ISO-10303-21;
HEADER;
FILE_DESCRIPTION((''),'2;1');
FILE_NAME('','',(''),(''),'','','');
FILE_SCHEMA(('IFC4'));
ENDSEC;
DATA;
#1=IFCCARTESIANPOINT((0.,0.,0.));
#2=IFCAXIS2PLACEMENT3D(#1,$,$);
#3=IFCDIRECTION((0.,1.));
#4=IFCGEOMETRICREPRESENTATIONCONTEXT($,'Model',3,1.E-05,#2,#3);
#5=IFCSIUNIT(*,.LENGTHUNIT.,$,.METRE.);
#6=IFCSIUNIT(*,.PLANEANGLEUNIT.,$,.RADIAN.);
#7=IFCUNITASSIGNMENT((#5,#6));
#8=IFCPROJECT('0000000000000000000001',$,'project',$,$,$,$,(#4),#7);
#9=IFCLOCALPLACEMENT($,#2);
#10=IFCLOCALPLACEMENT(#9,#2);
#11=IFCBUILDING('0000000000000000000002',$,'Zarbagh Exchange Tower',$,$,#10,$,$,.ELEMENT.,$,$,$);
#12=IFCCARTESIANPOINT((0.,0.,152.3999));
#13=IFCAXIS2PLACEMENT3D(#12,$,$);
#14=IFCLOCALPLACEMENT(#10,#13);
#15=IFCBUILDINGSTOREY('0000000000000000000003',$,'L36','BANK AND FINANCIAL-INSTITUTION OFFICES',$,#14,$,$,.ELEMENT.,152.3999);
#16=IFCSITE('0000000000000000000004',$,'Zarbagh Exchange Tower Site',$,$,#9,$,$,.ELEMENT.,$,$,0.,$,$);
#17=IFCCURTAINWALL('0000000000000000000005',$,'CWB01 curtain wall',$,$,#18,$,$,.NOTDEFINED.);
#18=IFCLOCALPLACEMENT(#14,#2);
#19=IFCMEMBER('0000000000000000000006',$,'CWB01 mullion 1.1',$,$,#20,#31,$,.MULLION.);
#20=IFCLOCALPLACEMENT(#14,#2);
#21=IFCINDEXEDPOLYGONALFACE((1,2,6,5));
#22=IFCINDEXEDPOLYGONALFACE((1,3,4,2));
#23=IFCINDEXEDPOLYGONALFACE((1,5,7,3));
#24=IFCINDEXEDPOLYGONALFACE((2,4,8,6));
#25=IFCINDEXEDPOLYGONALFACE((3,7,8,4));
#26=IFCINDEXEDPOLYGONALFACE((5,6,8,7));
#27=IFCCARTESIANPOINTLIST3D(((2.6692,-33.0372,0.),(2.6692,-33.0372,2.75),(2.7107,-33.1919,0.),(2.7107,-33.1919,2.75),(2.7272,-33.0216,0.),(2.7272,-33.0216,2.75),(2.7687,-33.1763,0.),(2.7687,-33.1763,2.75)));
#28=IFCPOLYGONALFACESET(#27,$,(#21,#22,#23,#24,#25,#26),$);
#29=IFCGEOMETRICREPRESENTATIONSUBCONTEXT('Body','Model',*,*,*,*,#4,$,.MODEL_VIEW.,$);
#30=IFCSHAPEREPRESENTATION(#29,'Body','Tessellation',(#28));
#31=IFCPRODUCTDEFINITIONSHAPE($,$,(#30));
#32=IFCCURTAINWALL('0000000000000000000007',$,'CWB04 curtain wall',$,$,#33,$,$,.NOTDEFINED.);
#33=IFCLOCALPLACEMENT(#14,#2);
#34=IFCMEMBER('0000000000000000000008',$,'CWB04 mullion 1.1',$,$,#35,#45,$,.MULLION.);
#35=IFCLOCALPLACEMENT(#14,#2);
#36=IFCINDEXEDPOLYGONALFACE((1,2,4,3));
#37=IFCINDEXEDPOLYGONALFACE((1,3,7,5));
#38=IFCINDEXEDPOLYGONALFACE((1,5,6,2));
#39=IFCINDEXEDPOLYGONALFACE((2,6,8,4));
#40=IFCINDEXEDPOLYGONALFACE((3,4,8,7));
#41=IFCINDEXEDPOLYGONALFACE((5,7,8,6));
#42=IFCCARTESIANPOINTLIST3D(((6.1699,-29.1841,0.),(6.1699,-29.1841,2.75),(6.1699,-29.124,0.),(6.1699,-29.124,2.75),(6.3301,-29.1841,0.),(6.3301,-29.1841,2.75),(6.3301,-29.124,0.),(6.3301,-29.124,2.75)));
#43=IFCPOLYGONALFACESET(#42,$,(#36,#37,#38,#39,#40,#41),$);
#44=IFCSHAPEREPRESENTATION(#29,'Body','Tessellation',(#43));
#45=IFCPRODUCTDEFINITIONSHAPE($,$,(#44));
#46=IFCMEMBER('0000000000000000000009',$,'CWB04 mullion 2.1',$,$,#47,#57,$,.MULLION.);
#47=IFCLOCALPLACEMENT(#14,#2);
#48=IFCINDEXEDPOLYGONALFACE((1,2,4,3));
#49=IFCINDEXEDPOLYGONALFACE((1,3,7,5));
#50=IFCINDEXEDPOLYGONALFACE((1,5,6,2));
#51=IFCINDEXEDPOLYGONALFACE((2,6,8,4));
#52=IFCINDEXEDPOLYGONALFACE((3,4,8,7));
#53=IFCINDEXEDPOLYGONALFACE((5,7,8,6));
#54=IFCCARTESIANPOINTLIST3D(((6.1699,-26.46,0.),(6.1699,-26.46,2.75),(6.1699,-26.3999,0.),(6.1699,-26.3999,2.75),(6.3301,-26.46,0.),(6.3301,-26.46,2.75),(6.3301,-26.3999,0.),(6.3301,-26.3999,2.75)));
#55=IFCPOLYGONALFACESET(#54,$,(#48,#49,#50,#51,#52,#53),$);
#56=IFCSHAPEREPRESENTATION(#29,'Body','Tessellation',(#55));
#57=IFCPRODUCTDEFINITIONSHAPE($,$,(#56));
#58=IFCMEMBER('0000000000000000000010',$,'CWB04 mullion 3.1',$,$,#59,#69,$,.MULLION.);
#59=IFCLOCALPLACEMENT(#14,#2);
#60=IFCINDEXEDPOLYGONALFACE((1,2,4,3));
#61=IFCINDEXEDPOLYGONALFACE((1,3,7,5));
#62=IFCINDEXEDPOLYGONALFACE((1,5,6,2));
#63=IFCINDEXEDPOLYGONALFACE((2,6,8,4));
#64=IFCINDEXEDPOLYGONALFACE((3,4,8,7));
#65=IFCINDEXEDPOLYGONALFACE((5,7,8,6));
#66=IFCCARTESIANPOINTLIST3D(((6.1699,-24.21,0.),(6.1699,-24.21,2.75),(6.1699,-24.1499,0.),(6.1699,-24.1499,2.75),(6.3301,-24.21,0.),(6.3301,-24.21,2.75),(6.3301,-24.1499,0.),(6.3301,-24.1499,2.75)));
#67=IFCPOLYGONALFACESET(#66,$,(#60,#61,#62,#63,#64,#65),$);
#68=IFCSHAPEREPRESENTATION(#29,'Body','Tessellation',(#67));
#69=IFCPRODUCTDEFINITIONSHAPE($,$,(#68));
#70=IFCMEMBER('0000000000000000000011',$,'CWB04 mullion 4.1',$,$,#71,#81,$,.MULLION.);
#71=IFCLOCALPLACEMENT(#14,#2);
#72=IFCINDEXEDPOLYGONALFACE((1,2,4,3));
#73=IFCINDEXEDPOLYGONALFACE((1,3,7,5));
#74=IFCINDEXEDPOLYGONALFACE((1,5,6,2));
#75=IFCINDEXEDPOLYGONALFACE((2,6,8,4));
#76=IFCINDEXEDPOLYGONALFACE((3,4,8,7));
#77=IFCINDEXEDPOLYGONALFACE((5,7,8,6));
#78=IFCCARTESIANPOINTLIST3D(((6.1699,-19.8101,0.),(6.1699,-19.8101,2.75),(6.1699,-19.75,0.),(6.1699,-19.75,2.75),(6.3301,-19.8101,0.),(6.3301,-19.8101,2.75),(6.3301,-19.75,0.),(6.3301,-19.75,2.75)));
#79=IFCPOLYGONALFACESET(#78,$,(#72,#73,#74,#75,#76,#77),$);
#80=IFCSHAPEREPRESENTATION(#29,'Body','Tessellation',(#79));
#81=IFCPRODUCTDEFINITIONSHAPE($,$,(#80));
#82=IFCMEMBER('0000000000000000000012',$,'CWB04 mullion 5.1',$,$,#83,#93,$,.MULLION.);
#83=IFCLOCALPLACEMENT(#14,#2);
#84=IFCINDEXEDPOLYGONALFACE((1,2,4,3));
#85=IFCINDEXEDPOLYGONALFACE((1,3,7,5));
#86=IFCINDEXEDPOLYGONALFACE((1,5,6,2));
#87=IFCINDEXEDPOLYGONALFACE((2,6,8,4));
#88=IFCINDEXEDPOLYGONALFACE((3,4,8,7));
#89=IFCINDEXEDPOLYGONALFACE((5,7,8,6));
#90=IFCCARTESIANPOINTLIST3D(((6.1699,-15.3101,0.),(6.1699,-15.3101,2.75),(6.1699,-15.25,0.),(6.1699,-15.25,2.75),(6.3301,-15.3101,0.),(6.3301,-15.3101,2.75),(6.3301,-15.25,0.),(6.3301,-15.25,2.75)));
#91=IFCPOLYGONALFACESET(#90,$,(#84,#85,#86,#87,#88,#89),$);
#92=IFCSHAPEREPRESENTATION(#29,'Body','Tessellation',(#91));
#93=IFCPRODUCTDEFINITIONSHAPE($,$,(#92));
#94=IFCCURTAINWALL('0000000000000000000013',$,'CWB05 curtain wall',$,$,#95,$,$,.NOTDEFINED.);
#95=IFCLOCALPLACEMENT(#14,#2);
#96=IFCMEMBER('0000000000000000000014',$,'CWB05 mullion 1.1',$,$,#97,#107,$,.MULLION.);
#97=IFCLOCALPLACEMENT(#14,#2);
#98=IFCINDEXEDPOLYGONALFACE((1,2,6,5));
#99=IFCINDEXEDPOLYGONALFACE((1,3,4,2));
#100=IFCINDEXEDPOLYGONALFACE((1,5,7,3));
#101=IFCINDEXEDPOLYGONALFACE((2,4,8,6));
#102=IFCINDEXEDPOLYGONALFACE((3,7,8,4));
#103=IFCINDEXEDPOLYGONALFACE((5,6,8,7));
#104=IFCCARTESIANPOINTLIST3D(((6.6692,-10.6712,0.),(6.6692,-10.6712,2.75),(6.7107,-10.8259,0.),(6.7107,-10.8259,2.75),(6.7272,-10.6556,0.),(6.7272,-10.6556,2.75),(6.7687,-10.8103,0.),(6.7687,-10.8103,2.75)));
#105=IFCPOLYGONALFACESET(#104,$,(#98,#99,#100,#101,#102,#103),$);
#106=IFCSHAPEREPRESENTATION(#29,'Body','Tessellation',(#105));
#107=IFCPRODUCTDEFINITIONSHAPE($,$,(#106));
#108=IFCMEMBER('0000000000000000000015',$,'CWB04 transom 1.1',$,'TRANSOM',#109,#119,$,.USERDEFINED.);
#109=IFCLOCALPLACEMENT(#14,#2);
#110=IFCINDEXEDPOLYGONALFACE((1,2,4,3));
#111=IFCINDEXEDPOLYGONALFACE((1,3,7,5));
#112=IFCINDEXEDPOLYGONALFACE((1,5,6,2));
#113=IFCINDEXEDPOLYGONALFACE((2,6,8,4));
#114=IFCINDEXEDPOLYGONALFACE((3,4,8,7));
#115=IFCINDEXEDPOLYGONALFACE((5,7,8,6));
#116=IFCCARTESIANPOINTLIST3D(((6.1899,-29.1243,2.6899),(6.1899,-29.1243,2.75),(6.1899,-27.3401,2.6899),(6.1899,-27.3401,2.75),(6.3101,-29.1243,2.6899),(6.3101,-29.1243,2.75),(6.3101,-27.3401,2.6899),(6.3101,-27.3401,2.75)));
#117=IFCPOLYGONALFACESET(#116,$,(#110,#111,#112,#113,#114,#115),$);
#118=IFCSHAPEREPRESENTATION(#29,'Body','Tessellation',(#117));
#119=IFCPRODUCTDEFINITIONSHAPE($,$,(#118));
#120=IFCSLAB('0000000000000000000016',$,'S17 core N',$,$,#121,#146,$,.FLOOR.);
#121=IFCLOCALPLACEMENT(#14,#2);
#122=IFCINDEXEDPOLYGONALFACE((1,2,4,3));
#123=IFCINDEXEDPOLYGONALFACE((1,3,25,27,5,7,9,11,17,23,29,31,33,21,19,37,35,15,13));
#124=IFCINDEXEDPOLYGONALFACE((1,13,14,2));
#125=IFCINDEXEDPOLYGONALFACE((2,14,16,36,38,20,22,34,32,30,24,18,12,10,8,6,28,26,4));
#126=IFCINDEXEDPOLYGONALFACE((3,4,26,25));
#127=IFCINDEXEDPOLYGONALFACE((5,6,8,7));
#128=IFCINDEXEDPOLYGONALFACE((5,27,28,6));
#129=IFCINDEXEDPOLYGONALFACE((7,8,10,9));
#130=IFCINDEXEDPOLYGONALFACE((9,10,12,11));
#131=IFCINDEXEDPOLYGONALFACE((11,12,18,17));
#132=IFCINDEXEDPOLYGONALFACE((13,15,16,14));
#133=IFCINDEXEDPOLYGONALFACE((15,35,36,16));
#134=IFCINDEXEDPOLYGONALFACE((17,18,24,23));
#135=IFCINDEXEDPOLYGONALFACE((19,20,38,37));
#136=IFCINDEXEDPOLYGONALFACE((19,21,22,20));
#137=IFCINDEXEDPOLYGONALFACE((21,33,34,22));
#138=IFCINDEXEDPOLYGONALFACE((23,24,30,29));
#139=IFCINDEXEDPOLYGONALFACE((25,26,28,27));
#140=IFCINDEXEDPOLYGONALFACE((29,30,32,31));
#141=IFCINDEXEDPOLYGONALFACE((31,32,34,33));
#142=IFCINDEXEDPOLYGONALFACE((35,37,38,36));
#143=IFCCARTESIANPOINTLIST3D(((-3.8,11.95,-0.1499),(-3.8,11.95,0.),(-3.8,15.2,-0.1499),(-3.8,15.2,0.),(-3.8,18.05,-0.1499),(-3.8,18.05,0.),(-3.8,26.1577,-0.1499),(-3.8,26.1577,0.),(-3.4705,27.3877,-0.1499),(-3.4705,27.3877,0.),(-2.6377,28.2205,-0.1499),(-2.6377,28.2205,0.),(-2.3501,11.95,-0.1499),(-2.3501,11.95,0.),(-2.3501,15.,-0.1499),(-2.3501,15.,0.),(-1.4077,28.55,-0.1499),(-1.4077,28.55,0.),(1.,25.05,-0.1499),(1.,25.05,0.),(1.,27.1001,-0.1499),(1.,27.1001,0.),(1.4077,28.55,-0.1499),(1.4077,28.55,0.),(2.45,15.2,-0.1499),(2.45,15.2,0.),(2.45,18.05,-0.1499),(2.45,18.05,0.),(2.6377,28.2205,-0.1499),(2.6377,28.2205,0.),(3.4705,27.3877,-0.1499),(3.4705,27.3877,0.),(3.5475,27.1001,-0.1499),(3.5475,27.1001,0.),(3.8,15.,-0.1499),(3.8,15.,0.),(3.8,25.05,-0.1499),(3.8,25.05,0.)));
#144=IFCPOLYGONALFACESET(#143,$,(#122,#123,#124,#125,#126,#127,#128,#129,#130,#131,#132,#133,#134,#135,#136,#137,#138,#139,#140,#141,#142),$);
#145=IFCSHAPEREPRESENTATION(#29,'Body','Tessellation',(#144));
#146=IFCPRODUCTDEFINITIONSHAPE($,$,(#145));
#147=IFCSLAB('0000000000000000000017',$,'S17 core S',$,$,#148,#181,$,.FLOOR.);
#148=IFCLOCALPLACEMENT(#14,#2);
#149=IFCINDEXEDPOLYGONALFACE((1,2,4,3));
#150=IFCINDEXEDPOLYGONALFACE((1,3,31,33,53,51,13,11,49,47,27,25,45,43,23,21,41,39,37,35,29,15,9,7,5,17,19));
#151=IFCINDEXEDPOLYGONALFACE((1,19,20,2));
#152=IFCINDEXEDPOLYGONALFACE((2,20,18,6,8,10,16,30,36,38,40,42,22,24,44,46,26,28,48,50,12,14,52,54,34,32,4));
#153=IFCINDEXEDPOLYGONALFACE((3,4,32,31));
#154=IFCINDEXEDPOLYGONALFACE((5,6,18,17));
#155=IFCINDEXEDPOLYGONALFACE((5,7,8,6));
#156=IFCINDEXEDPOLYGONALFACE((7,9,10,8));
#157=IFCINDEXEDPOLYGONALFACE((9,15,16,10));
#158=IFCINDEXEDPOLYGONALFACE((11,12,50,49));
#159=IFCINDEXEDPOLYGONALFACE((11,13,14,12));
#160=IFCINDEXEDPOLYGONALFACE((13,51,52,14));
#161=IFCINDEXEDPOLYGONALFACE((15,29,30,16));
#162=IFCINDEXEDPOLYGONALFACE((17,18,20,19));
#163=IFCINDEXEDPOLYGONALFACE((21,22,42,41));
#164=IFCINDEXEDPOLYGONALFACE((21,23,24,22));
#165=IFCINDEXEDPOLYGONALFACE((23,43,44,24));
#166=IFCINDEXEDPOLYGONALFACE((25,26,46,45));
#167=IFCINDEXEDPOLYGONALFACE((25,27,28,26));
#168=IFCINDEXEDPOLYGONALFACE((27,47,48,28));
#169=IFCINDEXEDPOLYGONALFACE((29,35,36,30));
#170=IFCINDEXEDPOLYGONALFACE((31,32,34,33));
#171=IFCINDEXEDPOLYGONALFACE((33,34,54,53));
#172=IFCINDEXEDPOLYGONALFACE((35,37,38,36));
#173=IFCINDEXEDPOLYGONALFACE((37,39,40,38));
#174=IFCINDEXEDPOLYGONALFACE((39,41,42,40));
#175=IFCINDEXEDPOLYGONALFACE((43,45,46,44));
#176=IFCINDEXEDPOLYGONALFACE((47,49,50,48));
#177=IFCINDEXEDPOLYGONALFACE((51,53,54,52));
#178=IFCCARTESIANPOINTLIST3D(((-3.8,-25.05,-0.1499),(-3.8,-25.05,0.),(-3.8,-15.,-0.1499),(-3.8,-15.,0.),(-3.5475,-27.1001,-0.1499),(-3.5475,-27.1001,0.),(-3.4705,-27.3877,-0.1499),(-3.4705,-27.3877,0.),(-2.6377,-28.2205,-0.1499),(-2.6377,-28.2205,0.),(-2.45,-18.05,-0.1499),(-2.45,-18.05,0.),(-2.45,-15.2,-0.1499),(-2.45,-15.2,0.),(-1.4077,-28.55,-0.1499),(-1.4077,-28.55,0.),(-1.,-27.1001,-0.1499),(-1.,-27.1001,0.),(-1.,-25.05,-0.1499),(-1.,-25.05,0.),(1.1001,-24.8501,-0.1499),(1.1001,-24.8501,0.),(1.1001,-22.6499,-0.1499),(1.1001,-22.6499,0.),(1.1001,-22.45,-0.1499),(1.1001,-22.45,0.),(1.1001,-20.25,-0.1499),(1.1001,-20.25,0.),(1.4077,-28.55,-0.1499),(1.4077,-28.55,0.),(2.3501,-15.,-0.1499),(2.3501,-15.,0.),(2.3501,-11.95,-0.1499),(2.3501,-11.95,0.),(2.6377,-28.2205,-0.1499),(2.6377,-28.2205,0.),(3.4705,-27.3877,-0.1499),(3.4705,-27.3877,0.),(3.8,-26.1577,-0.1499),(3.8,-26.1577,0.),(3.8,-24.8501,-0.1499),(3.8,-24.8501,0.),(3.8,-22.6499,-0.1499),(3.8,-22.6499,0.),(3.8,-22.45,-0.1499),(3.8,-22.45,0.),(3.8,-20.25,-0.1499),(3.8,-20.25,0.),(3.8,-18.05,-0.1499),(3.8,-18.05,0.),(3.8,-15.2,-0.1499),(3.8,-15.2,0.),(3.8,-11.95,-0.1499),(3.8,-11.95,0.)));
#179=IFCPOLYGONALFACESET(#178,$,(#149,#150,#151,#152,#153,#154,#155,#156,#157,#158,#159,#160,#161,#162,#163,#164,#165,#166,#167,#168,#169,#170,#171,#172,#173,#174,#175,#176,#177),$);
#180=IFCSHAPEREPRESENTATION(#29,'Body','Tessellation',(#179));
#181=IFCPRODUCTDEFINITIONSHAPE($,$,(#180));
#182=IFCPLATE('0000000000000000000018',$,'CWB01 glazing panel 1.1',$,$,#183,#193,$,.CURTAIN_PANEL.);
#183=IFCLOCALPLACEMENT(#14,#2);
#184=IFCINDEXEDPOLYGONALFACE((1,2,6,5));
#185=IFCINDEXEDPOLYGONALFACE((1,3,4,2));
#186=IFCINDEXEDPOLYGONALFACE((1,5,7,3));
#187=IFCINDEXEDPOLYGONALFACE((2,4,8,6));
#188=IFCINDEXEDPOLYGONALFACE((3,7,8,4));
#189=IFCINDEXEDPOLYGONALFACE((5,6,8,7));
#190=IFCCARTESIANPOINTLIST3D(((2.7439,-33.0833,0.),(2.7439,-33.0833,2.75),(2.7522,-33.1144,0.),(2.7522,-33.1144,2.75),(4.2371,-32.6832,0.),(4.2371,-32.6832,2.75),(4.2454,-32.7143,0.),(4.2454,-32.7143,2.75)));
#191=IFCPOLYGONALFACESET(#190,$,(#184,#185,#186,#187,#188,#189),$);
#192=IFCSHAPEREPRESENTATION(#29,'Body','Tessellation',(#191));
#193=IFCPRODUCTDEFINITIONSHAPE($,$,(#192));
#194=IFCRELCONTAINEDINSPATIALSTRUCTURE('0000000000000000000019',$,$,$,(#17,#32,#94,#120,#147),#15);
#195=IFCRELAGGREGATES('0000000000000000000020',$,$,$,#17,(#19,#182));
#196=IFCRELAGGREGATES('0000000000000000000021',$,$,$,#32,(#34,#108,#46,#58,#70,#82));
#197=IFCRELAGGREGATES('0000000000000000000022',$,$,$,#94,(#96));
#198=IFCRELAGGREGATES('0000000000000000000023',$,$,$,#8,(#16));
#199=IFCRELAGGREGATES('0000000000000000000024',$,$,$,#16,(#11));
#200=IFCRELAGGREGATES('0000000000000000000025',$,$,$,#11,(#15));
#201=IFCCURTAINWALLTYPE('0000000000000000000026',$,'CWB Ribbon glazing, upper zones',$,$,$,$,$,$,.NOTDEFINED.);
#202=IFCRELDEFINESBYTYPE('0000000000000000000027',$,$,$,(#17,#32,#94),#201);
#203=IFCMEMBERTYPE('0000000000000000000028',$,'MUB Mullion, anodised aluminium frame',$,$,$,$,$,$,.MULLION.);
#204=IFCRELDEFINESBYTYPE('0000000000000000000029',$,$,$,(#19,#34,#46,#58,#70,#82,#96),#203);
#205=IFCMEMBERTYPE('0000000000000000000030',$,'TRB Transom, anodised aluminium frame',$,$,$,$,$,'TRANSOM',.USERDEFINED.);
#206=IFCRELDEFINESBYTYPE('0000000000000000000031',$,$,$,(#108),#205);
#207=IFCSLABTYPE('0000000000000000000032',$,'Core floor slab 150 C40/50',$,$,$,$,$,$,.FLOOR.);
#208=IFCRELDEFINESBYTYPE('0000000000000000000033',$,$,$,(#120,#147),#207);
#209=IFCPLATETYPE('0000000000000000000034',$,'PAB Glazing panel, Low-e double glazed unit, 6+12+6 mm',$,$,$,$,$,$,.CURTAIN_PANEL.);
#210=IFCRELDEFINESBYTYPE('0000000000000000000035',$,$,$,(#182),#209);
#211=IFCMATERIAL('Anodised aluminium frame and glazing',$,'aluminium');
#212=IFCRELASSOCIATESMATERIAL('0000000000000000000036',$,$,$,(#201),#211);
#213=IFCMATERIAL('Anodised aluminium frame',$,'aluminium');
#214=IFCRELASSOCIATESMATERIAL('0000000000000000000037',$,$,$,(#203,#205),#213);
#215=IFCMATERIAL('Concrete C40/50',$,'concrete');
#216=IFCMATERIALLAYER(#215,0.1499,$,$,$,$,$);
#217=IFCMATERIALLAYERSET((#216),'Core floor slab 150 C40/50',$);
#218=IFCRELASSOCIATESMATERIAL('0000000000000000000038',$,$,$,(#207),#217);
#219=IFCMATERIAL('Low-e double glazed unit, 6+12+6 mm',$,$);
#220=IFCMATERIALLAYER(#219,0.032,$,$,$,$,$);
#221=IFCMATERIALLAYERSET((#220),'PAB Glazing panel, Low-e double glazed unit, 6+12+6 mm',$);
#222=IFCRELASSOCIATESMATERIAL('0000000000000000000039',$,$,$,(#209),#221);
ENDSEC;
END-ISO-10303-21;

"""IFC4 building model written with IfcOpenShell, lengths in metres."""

from ifc_helpers import new_model, si_unit, direction, frame, origin, place, context, subcontext, project, spatial, polyline, outline, extrude, source, transform, mapped, material, layer, layer_set, type_object, element, aggregate, save


model = new_model("IFC4")

# Units and contexts
model_context = context("Model", 3, precision=1e-05, world=origin(), true_north=direction((0.0, 1.0)))
body_context = subcontext(model_context, "Body", "Model", "MODEL_VIEW")
ifc_project = project(units=[si_unit("LENGTHUNIT", "METRE"), si_unit("PLANEANGLEUNIT", "RADIAN")], contexts=[model_context])

# Site, building, storey
site_placement = place(None, origin())
site = spatial("IfcSite", under=ifc_project, at=site_placement, Name="Zarbagh Exchange Tower Site", CompositionType="ELEMENT", RefElevation=0.0)
building_placement = place(site_placement, origin())
building = spatial("IfcBuilding", under=site, at=building_placement, Name="Zarbagh Exchange Tower", CompositionType="ELEMENT")
storey_placement = place(building_placement, frame((0.0, 0.0, 152.3999)))
storey = spatial("IfcBuildingStorey", under=building, at=storey_placement, Name="L36", Description="BANK AND FINANCIAL-INSTITUTION OFFICES", CompositionType="ELEMENT", Elevation=152.3999)

# Curtain wall, member
ifc_material_1 = material(Name="Anodised aluminium frame and glazing", Category="aluminium")
curtain_wall_type = type_object("IfcCurtainWallType", Name="CWB Ribbon glazing, upper zones", PredefinedType="NOTDEFINED", material=ifc_material_1)
curtain_wall_1_placement = place(storey_placement, origin())
curtain_wall_1 = element("IfcCurtainWall", 1, at=curtain_wall_1_placement, inside=storey, type_object=curtain_wall_type, Name="CWB01 curtain wall", PredefinedType="NOTDEFINED")
ifc_material_2 = material(Name="Anodised aluminium frame", Category="aluminium")
member_type_1 = type_object("IfcMemberType", Name="MUB Mullion, anodised aluminium frame", PredefinedType="MULLION", material=ifc_material_2)
shared_shape_1 = source(origin(), body_context, "Body", "SweptSolid", [
    extrude(outline(polyline([(0.0, -0.0801), (0.0601, -0.0801), (0.0601, 0.0801), (0.0, 0.0801), (0.0, -0.0801)])), origin(), (0.0, 0.0, 1.0), 2.75),
])
placement = place(storey_placement, origin())
member_1 = element("IfcMember", 2, at=placement, type_object=member_type_1, Name="CWB01 mullion 1.1", PredefinedType="MULLION", context=body_context, shape_type="MappedRepresentation", body=[
    mapped(shared_shape_1, transform((2.6899, -33.1145, 0.0), x_axis=(0.965924, 0.258825, 0.0), y_axis=(-0.258825, 0.965924, 0.0), z_axis=(0.0, 0.0, 1.0))),
])

# Curtain wall, members
curtain_wall_2_placement = place(storey_placement, origin())
curtain_wall_2 = element("IfcCurtainWall", 3, at=curtain_wall_2_placement, inside=storey, type_object=curtain_wall_type, Name="CWB04 curtain wall", PredefinedType="NOTDEFINED")
member_2 = element("IfcMember", 4, at=placement, type_object=member_type_1, Name="CWB04 mullion 1.1", PredefinedType="MULLION", context=body_context, shape_type="MappedRepresentation", body=[
    mapped(shared_shape_1, transform((6.25, -29.1841, 0.0), x_axis=(0.0, 1.0, 0.0), y_axis=(-1.0, 0.0, 0.0), z_axis=(0.0, 0.0, 1.0))),
])
member_3 = element("IfcMember", 5, at=placement, type_object=member_type_1, Name="CWB04 mullion 2.1", PredefinedType="MULLION", context=body_context, shape_type="MappedRepresentation", body=[
    mapped(shared_shape_1, transform((6.25, -26.46, 0.0), x_axis=(0.0, 1.0, 0.0), y_axis=(-1.0, 0.0, 0.0), z_axis=(0.0, 0.0, 1.0))),
])
member_4 = element("IfcMember", 6, at=placement, type_object=member_type_1, Name="CWB04 mullion 3.1", PredefinedType="MULLION", context=body_context, shape_type="MappedRepresentation", body=[
    mapped(shared_shape_1, transform((6.25, -24.21, 0.0), x_axis=(0.0, 1.0, 0.0), y_axis=(-1.0, 0.0, 0.0), z_axis=(0.0, 0.0, 1.0))),
])
member_5 = element("IfcMember", 7, at=placement, type_object=member_type_1, Name="CWB04 mullion 4.1", PredefinedType="MULLION", context=body_context, shape_type="MappedRepresentation", body=[
    mapped(shared_shape_1, transform((6.25, -19.8101, 0.0), x_axis=(0.0, 1.0, 0.0), y_axis=(-1.0, 0.0, 0.0), z_axis=(0.0, 0.0, 1.0))),
])
member_6 = element("IfcMember", 8, at=placement, type_object=member_type_1, Name="CWB04 mullion 5.1", PredefinedType="MULLION", context=body_context, shape_type="MappedRepresentation", body=[
    mapped(shared_shape_1, transform((6.25, -15.3101, 0.0), x_axis=(0.0, 1.0, 0.0), y_axis=(-1.0, 0.0, 0.0), z_axis=(0.0, 0.0, 1.0))),
])

# Curtain wall, member
curtain_wall_3_placement = place(storey_placement, origin())
curtain_wall_3 = element("IfcCurtainWall", 9, at=curtain_wall_3_placement, inside=storey, type_object=curtain_wall_type, Name="CWB05 curtain wall", PredefinedType="NOTDEFINED")
member_7 = element("IfcMember", 10, at=placement, type_object=member_type_1, Name="CWB05 mullion 1.1", PredefinedType="MULLION", context=body_context, shape_type="MappedRepresentation", body=[
    mapped(shared_shape_1, transform((6.6899, -10.7485, 0.0), x_axis=(0.965924, 0.258825, 0.0), y_axis=(-0.258825, 0.965924, 0.0), z_axis=(0.0, 0.0, 1.0))),
])

# Member
member_type_2 = type_object("IfcMemberType", Name="TRB Transom, anodised aluminium frame", ElementType="TRANSOM", PredefinedType="USERDEFINED", material=ifc_material_2)
shared_shape_2 = source(origin(), body_context, "Body", "SweptSolid", [
    extrude(outline(polyline([(-0.0601, -0.0601), (0.0, -0.0601), (0.0, 0.0601), (-0.0601, 0.0601), (-0.0601, -0.0601)])), origin(), (0.0, 0.0, 1.0), 1.7842),
])
member_8 = element("IfcMember", 11, at=placement, type_object=member_type_2, Name="CWB04 transom 1.1", ObjectType="TRANSOM", PredefinedType="USERDEFINED", context=body_context, shape_type="MappedRepresentation", body=[
    mapped(shared_shape_2, transform((6.25, -29.1243, 2.75), x_axis=(0.0, 0.0, 1.0), y_axis=(1.0, 0.0, 0.0), z_axis=(0.0, 1.0, 0.0))),
])

# Slabs
ifc_material_3 = material(Name="Concrete C40/50", Category="concrete")
ifc_layer_1 = layer(ifc_material_3, 0.1499)
ifc_layer_set_1 = layer_set([ifc_layer_1], Name="Core floor slab 150 C40/50")
slab_type = type_object("IfcSlabType", Name="Core floor slab 150 C40/50", PredefinedType="FLOOR", material=ifc_layer_set_1)
slab_1_placement = place(storey_placement, frame((0.0, 0.0, -0.1499)))
element("IfcSlab", 12, at=slab_1_placement, inside=storey, type_object=slab_type, Name="S17 core N", PredefinedType="FLOOR", context=body_context, shape_type="SweptSolid", body=[
    extrude(outline(polyline([(-3.8, 11.95), (-3.8, 15.2), (2.45, 15.2), (2.45, 18.05), (-3.8, 18.05), (-3.8, 26.1577), (-3.4705, 27.3877), (-2.6377, 28.2205), (-1.4077, 28.55), (1.4077, 28.55), (2.6377, 28.2205), (3.4705, 27.3877), (3.8, 26.1577), (3.8, 26.1577), (3.5476, 27.1001), (1.0, 27.1001), (1.0, 25.05), (3.8, 25.05), (3.8, 15.0), (-2.3501, 15.0), (-2.3501, 11.95), (-3.8, 11.95)])), origin(), (0.0, 0.0, 1.0), 0.1499),
])
slab_2_placement = place(storey_placement, frame((0.0, 0.0, -0.1499)))
element("IfcSlab", 13, at=slab_2_placement, inside=storey, type_object=slab_type, Name="S17 core S", PredefinedType="FLOOR", context=body_context, shape_type="SweptSolid", body=[
    extrude(outline(polyline([(-2.6377, -28.2205), (-3.4705, -27.3877), (-3.8, -26.1577), (-3.8, -26.1577), (-3.5476, -27.1001), (-1.0, -27.1001), (-1.0, -25.05), (-3.8, -25.05), (-3.8, -15.0), (2.3501, -15.0), (2.3501, -11.95), (3.8, -11.95), (3.8, -15.2), (-2.45, -15.2), (-2.45, -18.05), (3.8, -18.05), (3.8, -20.25), (1.1001, -20.25), (1.1001, -22.45), (3.8, -22.45), (3.8, -22.6499), (1.1001, -22.6499), (1.1001, -24.8501), (3.8, -24.8501), (3.8, -26.1577), (3.4705, -27.3877), (2.6377, -28.2205), (1.4077, -28.55), (-1.4077, -28.55), (-2.6377, -28.2205)])), origin(), (0.0, 0.0, 1.0), 0.1499),
])

# Plate
ifc_material_4 = material(Name="Low-e double glazed unit, 6+12+6 mm")
ifc_layer_2 = layer(ifc_material_4, 0.032)
ifc_layer_set_2 = layer_set([ifc_layer_2], Name="PAB Glazing panel, Low-e double glazed unit, 6+12+6 mm")
plate_type = type_object("IfcPlateType", Name="PAB Glazing panel, Low-e double glazed unit, 6+12+6 mm", PredefinedType="CURTAIN_PANEL", material=ifc_layer_set_2)
shared_shape_3 = source(origin(), body_context, "Body", "SweptSolid", [
    extrude(outline(polyline([(0.0, -0.0161), (1.5459, -0.0161), (1.5459, 0.0161), (0.0, 0.0161), (0.0, -0.0161)])), origin(), (0.0, 0.0, 1.0), 2.75),
])
plate_1 = element("IfcPlate", 14, at=placement, type_object=plate_type, Name="CWB01 glazing panel 1.1", PredefinedType="CURTAIN_PANEL", context=body_context, shape_type="MappedRepresentation", body=[
    mapped(shared_shape_3, transform((2.748, -33.0989, 0.0), x_axis=(0.965924, 0.258825, 0.0), y_axis=(-0.258825, 0.965924, 0.0), z_axis=(0.0, 0.0, 1.0))),
])
aggregate(curtain_wall_1, [member_1, plate_1])

aggregate(curtain_wall_2, [member_2, member_8, member_3, member_4, member_5, member_6])
aggregate(curtain_wall_3, [member_7])

save(model, "model.ifc")
